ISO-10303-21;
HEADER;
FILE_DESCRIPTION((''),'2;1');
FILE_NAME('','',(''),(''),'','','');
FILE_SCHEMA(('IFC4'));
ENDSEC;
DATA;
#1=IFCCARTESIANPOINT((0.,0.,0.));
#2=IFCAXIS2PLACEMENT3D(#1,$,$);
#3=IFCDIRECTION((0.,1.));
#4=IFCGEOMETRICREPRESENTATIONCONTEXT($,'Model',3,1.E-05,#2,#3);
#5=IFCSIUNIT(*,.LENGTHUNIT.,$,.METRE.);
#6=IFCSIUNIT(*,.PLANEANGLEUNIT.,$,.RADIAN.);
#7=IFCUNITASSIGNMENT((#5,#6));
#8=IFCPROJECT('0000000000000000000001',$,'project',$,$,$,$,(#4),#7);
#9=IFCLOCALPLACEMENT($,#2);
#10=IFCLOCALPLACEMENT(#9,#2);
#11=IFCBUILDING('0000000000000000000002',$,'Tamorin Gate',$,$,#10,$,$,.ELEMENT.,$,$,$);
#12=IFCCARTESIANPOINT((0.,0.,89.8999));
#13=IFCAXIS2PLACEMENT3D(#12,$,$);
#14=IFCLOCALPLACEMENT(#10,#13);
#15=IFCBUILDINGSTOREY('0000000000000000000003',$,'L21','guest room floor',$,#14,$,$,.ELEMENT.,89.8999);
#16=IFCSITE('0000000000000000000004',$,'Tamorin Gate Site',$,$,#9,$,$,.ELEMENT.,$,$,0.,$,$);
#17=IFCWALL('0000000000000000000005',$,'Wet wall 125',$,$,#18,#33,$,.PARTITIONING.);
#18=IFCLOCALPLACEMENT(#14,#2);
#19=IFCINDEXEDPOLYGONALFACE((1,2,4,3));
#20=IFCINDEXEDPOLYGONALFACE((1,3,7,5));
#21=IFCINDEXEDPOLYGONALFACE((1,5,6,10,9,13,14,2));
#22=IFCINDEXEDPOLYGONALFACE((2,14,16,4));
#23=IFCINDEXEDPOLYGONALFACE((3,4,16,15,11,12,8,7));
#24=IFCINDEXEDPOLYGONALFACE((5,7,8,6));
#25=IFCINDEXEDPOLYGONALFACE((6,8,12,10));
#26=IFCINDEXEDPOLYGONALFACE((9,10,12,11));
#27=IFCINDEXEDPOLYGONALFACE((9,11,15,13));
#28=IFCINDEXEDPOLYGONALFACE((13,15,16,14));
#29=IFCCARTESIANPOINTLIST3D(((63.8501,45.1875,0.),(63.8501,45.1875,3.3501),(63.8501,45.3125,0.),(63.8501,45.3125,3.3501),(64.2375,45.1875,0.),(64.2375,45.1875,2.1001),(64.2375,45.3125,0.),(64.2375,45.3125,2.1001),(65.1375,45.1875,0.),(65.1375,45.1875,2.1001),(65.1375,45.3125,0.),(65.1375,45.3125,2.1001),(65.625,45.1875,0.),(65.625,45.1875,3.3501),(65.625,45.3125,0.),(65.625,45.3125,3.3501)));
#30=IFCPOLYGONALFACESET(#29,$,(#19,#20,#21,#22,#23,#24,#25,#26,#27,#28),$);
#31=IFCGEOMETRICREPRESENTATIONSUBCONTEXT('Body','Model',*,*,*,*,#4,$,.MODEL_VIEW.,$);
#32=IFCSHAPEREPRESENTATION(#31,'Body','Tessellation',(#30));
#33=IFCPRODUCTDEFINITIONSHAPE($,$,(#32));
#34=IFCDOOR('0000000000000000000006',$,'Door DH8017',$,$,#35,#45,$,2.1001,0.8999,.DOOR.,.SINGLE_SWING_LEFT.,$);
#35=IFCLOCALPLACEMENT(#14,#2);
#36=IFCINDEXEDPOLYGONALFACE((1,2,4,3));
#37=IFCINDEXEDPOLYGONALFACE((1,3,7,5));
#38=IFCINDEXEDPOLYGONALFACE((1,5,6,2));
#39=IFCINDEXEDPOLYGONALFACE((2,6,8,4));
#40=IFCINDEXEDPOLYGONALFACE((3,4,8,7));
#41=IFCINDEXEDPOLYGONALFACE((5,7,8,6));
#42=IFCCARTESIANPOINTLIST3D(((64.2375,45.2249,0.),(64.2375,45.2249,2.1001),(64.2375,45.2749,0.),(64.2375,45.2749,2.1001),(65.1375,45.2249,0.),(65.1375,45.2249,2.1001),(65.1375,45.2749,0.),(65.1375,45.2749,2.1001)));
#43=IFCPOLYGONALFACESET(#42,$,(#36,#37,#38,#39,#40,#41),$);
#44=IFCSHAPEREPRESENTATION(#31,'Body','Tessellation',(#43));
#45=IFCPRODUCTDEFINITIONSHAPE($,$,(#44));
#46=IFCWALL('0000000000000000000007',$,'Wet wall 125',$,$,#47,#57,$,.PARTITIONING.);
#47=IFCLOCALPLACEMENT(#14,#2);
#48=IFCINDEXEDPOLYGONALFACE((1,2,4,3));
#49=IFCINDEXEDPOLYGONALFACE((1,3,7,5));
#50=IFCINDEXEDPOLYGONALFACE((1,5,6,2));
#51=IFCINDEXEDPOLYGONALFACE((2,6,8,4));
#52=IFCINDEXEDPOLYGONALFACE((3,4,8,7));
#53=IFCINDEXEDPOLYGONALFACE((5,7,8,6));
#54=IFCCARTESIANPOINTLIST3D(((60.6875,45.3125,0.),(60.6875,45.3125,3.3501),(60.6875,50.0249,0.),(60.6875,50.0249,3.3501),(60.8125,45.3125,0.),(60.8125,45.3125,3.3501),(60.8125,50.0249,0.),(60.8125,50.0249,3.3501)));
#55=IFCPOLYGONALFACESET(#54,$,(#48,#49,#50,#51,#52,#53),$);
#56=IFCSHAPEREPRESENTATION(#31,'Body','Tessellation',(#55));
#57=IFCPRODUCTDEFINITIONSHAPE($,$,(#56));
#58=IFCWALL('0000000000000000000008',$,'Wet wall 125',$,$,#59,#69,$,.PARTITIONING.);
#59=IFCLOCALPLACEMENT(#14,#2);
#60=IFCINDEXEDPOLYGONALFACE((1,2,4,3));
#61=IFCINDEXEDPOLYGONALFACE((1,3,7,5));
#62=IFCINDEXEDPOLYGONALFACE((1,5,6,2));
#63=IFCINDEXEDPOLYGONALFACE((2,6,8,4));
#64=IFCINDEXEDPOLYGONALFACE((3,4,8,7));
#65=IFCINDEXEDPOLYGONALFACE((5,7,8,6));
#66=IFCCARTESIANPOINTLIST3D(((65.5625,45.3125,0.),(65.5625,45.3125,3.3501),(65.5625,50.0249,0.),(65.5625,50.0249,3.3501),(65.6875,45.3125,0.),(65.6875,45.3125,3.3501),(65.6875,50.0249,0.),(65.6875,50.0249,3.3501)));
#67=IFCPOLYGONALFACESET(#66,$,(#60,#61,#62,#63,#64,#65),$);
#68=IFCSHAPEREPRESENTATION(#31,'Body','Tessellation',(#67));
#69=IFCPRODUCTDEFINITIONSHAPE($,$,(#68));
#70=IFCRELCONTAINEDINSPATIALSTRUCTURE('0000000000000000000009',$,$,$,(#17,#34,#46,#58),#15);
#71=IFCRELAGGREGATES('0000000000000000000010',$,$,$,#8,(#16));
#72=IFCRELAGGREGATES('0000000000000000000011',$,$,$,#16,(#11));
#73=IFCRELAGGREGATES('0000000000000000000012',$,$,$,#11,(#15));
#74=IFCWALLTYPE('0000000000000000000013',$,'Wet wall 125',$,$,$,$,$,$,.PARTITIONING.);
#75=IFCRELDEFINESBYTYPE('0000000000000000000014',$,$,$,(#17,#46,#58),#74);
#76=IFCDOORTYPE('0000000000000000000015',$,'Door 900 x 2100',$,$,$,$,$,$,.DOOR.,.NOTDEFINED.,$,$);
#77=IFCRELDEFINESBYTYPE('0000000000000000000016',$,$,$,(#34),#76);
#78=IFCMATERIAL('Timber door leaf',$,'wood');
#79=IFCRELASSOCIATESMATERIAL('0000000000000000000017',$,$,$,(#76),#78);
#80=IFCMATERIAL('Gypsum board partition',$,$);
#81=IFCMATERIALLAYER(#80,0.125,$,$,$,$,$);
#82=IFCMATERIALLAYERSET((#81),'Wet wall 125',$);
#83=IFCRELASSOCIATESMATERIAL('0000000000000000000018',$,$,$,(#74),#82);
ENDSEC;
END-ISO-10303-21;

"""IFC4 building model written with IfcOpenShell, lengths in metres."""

from ifc_helpers import new_model, si_unit, direction, frame, frame_2d, origin, place, context, subcontext, project, spatial, rectangle, extrude, material, layer, layer_set, type_object, element, fill, save


model = new_model("IFC4")

# Units and contexts
model_context = context("Model", 3, precision=1e-05, world=origin(), true_north=direction((0.0, 1.0)))
body_context = subcontext(model_context, "Body", "Model", "MODEL_VIEW")
ifc_project = project(units=[si_unit("LENGTHUNIT", "METRE"), si_unit("PLANEANGLEUNIT", "RADIAN")], contexts=[model_context])

# Site, building, storey
site_placement = place(None, origin())
site = spatial("IfcSite", under=ifc_project, at=site_placement, Name="Tamorin Gate Site", CompositionType="ELEMENT", RefElevation=0.0)
building_placement = place(site_placement, origin())
building = spatial("IfcBuilding", under=site, at=building_placement, Name="Tamorin Gate", CompositionType="ELEMENT")
storey_placement = place(building_placement, frame((0.0, 0.0, 89.8999)))
storey = spatial("IfcBuildingStorey", under=building, at=storey_placement, Name="L21", Description="guest room floor", CompositionType="ELEMENT", Elevation=89.8999)

# Shared definitions
ifc_material_1 = material(Name="Gypsum board partition")
ifc_material_2 = material(Name="Timber door leaf", Category="wood")

# Shared definitions
door_type_1 = type_object("IfcDoorType", Name="Door 900 x 2100", OperationType="NOTDEFINED", PredefinedType="DOOR", material=ifc_material_2)

# Wall, opening, door
ifc_layer_1 = layer(ifc_material_1, 0.125)
ifc_layer_set_1 = layer_set([ifc_layer_1], Name="Wet wall 125")
wall_type_1 = type_object("IfcWallType", Name="Wet wall 125", PredefinedType="PARTITIONING", material=ifc_layer_set_1)
wall_1_placement = place(storey_placement, frame((63.8501, 45.25, 0.0), z_axis=(0.0, 0.0, 1.0), x_axis=(1.0, 0.0, 0.0)))
wall_1 = element("IfcWall", 1, at=wall_1_placement, inside=storey, type_object=wall_type_1, Name="Wet wall 125", PredefinedType="PARTITIONING", context=body_context, shape_type="SweptSolid", body=[
    extrude(rectangle(XDim=1.7749, YDim=0.125, at=frame_2d((0.8875, 0.0))), origin(), (0.0, 0.0, 1.0), 3.3501),
])
opening_1_placement = place(wall_1_placement, frame((0.3875, 0.0, 0.0)))
opening_1 = element("IfcOpeningElement", 2, at=opening_1_placement, cuts=wall_1, PredefinedType="OPENING", context=body_context, shape_type="SweptSolid", body=[
    extrude(rectangle(XDim=0.8999, YDim=2.1001, at=frame_2d((0.45, 1.05))), frame((0.0, 0.0725, 0.0), z_axis=(0.0, -1.0, 0.0), x_axis=(1.0, 0.0, 0.0)), (0.0, 0.0, 1.0), 0.145),
])
door_1_placement = place(opening_1_placement, origin())
door_1 = element("IfcDoor", 3, at=door_1_placement, inside=storey, type_object=door_type_1, Name="Door DH8017", OperationType="SINGLE_SWING_LEFT", OverallHeight=2.1001, OverallWidth=0.8999, PredefinedType="DOOR", context=body_context, shape_type="SweptSolid", body=[
    extrude(rectangle(XDim=0.8999, YDim=2.1001, at=frame_2d((0.45, 1.05))), frame((0.0, 0.0249, 0.0), z_axis=(0.0, -1.0, 0.0), x_axis=(1.0, 0.0, 0.0)), (0.0, 0.0, 1.0), 0.05),
])
fill(opening_1, door_1)

# Walls
for number, where, z_axis, x_axis, name in (
    (4, (60.75, 45.3125, 0.0), (0.0, 0.0, 1.0), (0.0, 1.0, 0.0), "Wet wall 125"),
    (5, (65.625, 45.3125, 0.0), (0.0, 0.0, 1.0), (0.0, 1.0, 0.0), "Wet wall 125"),
):
    element("IfcWall", number, at=place(storey_placement, frame(where, z_axis=z_axis, x_axis=x_axis)), inside=storey, type_object=wall_type_1, Name=name, PredefinedType="PARTITIONING", context=body_context, shape_type="SweptSolid", body=[
        extrude(rectangle(XDim=4.7124, YDim=0.125, at=frame_2d((2.3562, 0.0))), origin(), (0.0, 0.0, 1.0), 3.3501),
    ])

save(model, "model.ifc")
